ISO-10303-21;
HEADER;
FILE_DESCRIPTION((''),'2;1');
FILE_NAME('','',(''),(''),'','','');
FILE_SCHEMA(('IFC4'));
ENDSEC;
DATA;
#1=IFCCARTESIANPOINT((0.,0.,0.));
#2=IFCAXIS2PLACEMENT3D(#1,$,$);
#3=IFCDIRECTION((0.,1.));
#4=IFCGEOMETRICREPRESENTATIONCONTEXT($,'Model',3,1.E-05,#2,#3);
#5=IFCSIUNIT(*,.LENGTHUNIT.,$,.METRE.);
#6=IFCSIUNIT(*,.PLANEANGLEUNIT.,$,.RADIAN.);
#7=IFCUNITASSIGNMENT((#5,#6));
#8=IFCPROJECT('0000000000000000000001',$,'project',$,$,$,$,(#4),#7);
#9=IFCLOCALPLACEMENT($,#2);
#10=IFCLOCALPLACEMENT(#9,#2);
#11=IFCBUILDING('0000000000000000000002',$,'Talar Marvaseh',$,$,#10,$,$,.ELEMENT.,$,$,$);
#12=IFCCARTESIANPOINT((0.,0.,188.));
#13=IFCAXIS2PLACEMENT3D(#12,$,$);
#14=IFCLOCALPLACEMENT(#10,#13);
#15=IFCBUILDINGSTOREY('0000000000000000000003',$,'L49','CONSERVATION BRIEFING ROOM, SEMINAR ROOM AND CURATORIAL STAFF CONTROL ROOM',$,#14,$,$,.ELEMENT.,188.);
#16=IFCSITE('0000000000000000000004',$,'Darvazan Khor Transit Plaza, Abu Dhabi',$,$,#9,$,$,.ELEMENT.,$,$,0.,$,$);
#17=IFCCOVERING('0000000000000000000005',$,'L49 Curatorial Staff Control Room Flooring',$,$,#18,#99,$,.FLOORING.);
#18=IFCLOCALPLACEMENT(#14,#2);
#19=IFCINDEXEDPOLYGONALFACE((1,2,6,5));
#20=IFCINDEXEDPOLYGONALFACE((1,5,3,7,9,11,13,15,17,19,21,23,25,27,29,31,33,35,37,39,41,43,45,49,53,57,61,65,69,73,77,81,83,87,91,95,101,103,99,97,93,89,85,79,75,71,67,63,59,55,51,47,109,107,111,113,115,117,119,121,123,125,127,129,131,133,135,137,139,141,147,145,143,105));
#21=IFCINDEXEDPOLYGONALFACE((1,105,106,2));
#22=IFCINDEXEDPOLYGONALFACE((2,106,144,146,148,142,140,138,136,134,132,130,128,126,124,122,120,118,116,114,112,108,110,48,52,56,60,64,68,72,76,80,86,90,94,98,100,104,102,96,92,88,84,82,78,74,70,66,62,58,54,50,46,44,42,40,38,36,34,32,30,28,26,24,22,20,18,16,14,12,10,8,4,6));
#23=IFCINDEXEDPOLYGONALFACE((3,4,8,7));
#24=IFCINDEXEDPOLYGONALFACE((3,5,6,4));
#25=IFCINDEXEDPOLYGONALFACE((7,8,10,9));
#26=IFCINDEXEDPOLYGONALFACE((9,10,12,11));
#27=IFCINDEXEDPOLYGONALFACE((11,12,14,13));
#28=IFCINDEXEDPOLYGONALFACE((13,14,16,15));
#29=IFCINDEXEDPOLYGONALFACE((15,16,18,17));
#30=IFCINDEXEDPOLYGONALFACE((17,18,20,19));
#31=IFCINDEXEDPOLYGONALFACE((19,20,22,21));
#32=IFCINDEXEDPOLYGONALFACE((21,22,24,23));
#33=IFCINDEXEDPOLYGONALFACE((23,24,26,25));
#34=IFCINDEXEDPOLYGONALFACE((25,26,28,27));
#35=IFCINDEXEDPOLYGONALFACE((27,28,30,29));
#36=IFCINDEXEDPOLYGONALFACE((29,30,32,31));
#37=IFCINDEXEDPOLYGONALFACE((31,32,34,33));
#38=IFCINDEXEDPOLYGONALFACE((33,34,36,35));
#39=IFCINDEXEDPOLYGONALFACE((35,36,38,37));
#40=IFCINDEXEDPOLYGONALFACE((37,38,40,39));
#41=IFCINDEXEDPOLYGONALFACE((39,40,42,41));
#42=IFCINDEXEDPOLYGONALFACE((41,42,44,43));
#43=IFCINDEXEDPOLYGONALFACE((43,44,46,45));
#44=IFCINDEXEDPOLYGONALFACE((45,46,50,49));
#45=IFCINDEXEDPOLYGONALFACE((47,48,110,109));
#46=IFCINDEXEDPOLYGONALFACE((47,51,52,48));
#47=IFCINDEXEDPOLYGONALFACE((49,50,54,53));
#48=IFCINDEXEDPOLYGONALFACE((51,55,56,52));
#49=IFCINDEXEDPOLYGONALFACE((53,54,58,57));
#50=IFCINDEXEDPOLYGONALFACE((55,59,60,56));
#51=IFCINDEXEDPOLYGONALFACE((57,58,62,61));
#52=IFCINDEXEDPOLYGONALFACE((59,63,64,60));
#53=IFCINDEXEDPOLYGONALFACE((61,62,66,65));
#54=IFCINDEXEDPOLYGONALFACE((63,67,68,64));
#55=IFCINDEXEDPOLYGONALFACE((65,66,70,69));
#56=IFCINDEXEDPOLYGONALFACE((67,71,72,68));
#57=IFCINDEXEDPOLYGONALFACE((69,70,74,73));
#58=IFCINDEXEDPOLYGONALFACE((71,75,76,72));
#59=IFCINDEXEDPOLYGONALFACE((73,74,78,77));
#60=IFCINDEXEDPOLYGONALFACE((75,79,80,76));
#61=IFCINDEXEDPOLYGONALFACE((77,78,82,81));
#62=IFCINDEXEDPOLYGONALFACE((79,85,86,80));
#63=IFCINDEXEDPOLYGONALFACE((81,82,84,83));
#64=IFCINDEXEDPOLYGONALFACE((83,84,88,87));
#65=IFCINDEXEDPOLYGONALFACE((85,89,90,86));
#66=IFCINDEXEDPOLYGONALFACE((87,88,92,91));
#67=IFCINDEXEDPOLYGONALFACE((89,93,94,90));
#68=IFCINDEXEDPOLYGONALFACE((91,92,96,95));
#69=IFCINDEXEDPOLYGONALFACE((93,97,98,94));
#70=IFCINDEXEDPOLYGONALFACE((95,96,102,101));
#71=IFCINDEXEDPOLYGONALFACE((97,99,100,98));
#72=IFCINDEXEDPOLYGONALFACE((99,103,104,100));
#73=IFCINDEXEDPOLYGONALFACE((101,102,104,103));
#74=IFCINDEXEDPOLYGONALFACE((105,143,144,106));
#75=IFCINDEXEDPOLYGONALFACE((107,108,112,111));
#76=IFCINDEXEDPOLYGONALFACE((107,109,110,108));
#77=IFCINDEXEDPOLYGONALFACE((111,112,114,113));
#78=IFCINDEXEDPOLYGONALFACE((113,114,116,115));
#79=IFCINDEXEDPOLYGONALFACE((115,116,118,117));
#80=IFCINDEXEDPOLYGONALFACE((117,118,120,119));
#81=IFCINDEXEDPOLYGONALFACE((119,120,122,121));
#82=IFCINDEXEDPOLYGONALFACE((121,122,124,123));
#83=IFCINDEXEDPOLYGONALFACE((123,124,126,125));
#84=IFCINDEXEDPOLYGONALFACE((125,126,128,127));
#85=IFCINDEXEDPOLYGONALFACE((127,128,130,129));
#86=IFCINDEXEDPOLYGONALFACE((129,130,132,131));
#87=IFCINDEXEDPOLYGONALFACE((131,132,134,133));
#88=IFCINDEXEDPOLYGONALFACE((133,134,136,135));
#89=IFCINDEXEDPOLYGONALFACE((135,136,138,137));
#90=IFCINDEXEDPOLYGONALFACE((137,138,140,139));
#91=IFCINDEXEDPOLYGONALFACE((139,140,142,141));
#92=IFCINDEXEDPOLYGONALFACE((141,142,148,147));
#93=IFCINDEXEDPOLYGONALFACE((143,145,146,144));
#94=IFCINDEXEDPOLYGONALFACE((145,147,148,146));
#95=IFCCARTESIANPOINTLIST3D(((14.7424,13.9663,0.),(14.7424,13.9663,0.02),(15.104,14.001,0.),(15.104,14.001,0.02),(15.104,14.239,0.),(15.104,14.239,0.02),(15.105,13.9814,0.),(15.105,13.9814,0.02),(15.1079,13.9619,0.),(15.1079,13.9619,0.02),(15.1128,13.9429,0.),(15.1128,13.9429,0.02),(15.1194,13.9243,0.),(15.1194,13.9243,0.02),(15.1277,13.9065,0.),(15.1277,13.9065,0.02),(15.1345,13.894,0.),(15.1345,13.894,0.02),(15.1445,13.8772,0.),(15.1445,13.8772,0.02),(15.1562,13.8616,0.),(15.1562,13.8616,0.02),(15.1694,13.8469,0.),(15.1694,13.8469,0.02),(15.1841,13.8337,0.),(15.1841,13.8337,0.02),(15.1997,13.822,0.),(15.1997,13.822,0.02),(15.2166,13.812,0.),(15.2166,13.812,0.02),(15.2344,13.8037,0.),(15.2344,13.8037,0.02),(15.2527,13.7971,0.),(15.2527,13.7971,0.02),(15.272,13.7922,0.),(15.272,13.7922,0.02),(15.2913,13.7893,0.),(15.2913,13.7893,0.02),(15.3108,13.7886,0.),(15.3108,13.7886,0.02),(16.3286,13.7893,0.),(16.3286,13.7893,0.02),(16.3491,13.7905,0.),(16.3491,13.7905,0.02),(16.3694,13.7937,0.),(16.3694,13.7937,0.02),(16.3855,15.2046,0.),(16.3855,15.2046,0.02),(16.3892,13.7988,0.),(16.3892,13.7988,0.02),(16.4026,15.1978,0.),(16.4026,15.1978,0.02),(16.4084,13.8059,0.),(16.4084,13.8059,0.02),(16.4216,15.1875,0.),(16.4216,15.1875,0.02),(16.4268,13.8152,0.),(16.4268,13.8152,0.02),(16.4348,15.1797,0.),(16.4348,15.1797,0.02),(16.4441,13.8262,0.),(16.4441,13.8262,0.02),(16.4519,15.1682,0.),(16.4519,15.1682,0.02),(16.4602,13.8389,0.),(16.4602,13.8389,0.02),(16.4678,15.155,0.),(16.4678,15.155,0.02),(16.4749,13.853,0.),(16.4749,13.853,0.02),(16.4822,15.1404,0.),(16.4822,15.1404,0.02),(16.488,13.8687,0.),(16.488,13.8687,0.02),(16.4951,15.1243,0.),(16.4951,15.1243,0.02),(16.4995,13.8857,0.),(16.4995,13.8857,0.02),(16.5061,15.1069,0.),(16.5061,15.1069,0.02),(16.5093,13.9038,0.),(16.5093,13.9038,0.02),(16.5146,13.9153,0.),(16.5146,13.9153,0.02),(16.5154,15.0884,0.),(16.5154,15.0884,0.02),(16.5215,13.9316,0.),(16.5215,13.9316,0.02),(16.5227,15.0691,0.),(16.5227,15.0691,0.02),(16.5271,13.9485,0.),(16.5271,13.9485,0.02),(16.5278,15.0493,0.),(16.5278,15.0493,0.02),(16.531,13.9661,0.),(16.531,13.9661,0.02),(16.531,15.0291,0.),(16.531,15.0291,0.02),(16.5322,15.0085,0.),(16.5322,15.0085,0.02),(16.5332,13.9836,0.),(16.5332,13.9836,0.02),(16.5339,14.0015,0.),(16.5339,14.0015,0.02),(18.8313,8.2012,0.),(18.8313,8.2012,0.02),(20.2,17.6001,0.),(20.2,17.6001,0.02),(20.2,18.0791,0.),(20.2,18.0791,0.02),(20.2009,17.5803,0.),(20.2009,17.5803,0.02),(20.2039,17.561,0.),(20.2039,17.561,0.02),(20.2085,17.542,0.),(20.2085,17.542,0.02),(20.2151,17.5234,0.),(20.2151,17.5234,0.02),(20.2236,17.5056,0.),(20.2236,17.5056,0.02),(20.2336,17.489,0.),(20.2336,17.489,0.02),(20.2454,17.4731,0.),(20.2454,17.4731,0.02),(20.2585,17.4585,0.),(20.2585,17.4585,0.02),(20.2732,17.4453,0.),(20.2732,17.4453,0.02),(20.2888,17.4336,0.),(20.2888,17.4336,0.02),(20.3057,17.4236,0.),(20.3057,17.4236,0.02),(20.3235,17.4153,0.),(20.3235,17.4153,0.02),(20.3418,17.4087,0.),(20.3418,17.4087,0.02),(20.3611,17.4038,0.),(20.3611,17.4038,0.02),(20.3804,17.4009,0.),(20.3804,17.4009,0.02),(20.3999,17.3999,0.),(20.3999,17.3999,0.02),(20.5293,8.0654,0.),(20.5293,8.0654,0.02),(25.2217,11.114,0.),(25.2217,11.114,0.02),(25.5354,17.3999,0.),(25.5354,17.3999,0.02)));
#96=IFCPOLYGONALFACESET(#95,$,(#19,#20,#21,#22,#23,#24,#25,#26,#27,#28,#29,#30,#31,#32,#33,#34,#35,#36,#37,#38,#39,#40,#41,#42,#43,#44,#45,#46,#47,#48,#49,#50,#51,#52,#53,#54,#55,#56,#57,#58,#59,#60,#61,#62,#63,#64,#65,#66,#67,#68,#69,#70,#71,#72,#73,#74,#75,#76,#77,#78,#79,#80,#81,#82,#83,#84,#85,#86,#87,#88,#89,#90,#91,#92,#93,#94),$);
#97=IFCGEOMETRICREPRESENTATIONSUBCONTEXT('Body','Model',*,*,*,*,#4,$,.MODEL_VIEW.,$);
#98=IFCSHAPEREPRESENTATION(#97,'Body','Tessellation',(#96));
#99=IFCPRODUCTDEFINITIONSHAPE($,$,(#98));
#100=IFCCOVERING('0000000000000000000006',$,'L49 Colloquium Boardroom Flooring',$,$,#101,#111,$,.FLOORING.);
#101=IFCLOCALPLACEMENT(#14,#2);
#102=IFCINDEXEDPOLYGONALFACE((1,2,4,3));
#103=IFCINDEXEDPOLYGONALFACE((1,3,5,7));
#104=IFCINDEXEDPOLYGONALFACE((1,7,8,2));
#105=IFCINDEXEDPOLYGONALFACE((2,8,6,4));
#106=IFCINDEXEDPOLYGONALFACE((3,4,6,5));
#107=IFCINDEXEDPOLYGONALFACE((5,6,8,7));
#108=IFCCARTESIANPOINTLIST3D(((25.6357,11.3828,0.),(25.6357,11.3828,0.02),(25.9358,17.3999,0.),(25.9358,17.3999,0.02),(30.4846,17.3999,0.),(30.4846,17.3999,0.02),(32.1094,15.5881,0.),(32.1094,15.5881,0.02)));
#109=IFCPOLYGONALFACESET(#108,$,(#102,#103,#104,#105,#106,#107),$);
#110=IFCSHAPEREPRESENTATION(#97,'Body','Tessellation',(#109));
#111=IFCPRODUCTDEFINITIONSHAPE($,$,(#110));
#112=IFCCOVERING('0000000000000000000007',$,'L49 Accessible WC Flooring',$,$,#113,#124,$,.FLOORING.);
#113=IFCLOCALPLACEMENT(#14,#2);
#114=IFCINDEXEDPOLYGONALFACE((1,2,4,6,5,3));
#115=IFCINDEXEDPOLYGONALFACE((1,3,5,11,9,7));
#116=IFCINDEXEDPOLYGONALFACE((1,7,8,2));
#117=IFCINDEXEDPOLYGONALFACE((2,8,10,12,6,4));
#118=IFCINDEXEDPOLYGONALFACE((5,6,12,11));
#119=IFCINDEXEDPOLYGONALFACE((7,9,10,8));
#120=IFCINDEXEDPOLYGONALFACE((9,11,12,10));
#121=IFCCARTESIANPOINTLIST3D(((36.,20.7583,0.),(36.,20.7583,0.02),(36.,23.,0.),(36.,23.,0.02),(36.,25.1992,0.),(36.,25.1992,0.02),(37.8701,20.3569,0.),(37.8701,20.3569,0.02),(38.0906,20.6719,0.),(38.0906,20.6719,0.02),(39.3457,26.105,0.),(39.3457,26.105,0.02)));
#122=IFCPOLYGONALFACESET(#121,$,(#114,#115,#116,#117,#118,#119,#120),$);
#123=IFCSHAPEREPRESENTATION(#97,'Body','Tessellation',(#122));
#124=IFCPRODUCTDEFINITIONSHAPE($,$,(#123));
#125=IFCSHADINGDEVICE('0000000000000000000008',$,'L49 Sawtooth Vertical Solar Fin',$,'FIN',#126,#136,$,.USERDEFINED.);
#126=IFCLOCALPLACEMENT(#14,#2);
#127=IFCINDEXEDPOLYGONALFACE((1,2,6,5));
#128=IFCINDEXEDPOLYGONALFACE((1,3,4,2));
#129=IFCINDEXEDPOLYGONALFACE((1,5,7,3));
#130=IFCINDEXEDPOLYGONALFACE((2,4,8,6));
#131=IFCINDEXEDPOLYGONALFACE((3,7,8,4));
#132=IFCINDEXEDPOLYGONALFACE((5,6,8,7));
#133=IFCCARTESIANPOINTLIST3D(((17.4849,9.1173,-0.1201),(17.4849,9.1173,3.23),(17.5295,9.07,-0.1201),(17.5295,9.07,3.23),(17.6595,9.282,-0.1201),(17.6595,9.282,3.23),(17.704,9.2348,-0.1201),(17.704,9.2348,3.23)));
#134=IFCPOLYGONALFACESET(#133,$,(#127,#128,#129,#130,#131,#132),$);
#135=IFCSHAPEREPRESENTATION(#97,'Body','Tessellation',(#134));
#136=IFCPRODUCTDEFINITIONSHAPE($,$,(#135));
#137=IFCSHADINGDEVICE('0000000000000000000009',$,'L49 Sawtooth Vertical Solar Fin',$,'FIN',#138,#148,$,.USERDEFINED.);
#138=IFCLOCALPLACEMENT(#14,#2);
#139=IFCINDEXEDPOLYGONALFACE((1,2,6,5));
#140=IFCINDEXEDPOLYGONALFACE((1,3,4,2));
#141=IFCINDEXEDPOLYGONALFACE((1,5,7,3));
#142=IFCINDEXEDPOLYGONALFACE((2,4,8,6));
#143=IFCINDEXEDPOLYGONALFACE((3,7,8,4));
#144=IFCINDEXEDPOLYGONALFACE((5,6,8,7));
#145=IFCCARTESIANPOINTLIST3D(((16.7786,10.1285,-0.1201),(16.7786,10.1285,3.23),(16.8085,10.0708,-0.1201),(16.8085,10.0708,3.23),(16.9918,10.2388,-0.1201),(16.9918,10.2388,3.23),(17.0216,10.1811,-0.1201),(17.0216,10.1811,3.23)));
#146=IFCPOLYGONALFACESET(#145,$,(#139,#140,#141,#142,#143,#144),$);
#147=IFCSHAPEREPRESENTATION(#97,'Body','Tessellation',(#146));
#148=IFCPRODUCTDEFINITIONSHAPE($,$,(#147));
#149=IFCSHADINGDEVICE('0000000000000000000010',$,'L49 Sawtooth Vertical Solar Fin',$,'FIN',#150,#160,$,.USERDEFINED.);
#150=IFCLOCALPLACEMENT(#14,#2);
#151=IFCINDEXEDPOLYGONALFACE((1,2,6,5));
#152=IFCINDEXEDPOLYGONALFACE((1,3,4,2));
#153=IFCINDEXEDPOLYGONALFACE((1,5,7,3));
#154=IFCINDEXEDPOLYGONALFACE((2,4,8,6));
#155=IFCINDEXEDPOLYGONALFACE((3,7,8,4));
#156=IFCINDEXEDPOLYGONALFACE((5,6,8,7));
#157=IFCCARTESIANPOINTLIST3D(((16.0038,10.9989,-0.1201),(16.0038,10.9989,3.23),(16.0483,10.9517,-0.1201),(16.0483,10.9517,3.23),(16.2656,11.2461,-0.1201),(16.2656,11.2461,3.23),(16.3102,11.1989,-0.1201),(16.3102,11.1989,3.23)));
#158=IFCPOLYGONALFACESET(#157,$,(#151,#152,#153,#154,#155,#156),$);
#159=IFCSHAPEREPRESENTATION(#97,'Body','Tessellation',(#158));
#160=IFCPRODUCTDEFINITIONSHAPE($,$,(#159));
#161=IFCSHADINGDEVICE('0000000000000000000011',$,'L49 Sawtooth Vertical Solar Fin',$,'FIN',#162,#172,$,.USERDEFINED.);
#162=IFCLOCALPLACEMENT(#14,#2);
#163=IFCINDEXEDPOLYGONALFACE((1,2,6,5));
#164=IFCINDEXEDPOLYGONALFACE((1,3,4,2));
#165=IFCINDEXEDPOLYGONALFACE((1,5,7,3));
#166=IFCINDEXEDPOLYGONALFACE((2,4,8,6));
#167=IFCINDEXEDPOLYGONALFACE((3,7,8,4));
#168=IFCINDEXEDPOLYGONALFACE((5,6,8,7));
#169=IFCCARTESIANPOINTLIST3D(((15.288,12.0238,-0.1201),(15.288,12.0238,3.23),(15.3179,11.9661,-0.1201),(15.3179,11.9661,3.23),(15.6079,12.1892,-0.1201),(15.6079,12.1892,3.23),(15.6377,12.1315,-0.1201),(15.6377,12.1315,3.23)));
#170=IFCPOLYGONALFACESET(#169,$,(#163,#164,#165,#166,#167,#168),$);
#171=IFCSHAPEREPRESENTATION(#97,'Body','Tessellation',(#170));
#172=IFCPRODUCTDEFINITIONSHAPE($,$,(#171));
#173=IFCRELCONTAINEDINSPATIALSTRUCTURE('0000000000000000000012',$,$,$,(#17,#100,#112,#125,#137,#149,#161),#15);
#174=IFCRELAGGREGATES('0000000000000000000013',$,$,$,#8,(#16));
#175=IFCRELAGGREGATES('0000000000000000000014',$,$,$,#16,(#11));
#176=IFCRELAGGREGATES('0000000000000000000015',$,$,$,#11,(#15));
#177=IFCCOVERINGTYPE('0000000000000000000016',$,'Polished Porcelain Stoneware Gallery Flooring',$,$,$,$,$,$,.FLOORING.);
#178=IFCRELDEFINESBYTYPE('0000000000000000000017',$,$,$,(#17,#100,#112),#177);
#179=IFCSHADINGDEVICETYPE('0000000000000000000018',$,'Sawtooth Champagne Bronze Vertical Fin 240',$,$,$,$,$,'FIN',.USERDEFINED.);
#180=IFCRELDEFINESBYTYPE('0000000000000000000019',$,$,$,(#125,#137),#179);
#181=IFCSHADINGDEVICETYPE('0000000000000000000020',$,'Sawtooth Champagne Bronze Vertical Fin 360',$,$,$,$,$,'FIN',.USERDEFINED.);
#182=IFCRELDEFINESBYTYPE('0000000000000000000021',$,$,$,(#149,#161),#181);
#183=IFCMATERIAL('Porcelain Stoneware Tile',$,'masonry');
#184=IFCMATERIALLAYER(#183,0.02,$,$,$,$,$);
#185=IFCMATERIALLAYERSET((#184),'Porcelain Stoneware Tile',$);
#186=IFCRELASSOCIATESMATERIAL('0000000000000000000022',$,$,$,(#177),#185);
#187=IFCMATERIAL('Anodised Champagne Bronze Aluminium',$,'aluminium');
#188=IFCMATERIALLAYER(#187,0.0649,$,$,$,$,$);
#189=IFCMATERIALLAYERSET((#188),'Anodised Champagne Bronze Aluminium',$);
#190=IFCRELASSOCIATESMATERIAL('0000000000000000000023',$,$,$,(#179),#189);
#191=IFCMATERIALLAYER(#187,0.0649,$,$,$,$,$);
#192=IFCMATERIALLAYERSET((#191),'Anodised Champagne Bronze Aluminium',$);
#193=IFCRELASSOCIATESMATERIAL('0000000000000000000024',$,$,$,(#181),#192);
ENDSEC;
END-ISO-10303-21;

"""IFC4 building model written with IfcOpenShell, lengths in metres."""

from ifc_helpers import new_model, si_unit, direction, frame, origin, origin_2d, place, context, subcontext, project, spatial, polyline, rectangle, outline, extrude, source, transform, mapped, material, layer, layer_set, type_object, type_shapes, element, save


model = new_model("IFC4")

# Units and contexts
model_context = context("Model", 3, precision=1e-05, world=origin(), true_north=direction((0.0, 1.0)))
body_context = subcontext(model_context, "Body", "Model", "MODEL_VIEW")
ifc_project = project(units=[si_unit("LENGTHUNIT", "METRE"), si_unit("PLANEANGLEUNIT", "RADIAN")], contexts=[model_context])

# Site, building, storey
site_placement = place(None, origin())
site = spatial("IfcSite", under=ifc_project, at=site_placement, Name="Darvazan Khor Transit Plaza, Abu Dhabi", CompositionType="ELEMENT", RefElevation=0.0)
building_placement = place(site_placement, origin())
building = spatial("IfcBuilding", under=site, at=building_placement, Name="Talar Marvaseh", CompositionType="ELEMENT")
storey_placement = place(building_placement, frame((0.0, 0.0, 188.0)))
storey = spatial("IfcBuildingStorey", under=building, at=storey_placement, Name="L49", Description="CONSERVATION BRIEFING ROOM, SEMINAR ROOM AND CURATORIAL STAFF CONTROL ROOM", CompositionType="ELEMENT", Elevation=188.0)

# Coverings
ifc_material_1 = material(Name="Porcelain Stoneware Tile", Category="masonry")
ifc_layer_1 = layer(ifc_material_1, 0.02)
ifc_layer_set_1 = layer_set([ifc_layer_1], Name="Porcelain Stoneware Tile")
covering_type_1 = type_object("IfcCoveringType", Name="Polished Porcelain Stoneware Gallery Flooring", PredefinedType="FLOORING", material=ifc_layer_set_1)
covering_1_placement = place(storey_placement, origin())
element("IfcCovering", 1, at=covering_1_placement, inside=storey, type_object=covering_type_1, Name="L49 Curatorial Staff Control Room Flooring", PredefinedType="FLOORING", context=body_context, shape_type="SweptSolid", body=[
    extrude(outline(polyline([(20.2, 17.6001), (20.2009, 17.5803), (20.2039, 17.561), (20.2085, 17.542), (20.2151, 17.5234), (20.2236, 17.5056), (20.2336, 17.489), (20.2454, 17.4731), (20.2585, 17.4585), (20.2732, 17.4453), (20.2888, 17.4336), (20.3057, 17.4236), (20.3235, 17.4153), (20.3418, 17.4087), (20.3611, 17.4038), (20.3804, 17.4009), (20.3999, 17.3999), (25.5354, 17.3999), (25.2217, 11.114), (20.5293, 8.0654), (18.8313, 8.2012), (14.7424, 13.9663), (15.104, 14.239), (15.104, 14.001), (15.105, 13.9814), (15.1079, 13.9619), (15.1128, 13.9429), (15.1194, 13.9243), (15.1277, 13.9065), (15.1345, 13.894), (15.1445, 13.8772), (15.1562, 13.8616), (15.1694, 13.8469), (15.1841, 13.8337), (15.1997, 13.822), (15.2166, 13.812), (15.2344, 13.8037), (15.2527, 13.7971), (15.272, 13.7922), (15.2913, 13.7893), (15.3108, 13.7886), (16.3286, 13.7893), (16.3491, 13.7905), (16.3694, 13.7937), (16.3892, 13.7988), (16.4084, 13.8059), (16.4268, 13.8152), (16.4441, 13.8262), (16.4602, 13.8389), (16.4749, 13.853), (16.488, 13.8687), (16.4995, 13.8857), (16.5093, 13.9038), (16.5146, 13.9153), (16.5215, 13.9316), (16.5271, 13.9485), (16.531, 13.9661), (16.5332, 13.9836), (16.5339, 14.0015), (16.5322, 15.0085), (16.531, 15.0291), (16.5278, 15.0493), (16.5227, 15.0691), (16.5154, 15.0884), (16.5061, 15.1069), (16.4951, 15.1243), (16.4822, 15.1404), (16.4678, 15.155), (16.4519, 15.1682), (16.4348, 15.1797), (16.4216, 15.1875), (16.4026, 15.1978), (16.3855, 15.2046), (20.2, 18.0791), (20.2, 17.6001)])), origin(), (0.0, 0.0, 1.0), 0.02),
])
covering_2_placement = place(storey_placement, origin())
element("IfcCovering", 2, at=covering_2_placement, inside=storey, type_object=covering_type_1, Name="L49 Colloquium Boardroom Flooring", PredefinedType="FLOORING", context=body_context, shape_type="SweptSolid", body=[
    extrude(outline(polyline([(32.1094, 15.5881), (25.6357, 11.3828), (25.9358, 17.3999), (30.4846, 17.3999), (32.1094, 15.5881)])), origin(), (0.0, 0.0, 1.0), 0.02),
])
covering_3_placement = place(storey_placement, origin())
element("IfcCovering", 3, at=covering_3_placement, inside=storey, type_object=covering_type_1, Name="L49 Accessible WC Flooring", PredefinedType="FLOORING", context=body_context, shape_type="SweptSolid", body=[
    extrude(outline(polyline([(36.0, 23.0), (36.0, 25.1992), (39.3457, 26.105), (38.0906, 20.6719), (37.8701, 20.3569), (36.0, 20.7583), (36.0, 23.0)])), origin(), (0.0, 0.0, 1.0), 0.02),
])

# Shading devices
ifc_material_2 = material(Name="Anodised Champagne Bronze Aluminium", Category="aluminium")
ifc_layer_2 = layer(ifc_material_2, 0.0649)
ifc_layer_set_2 = layer_set([ifc_layer_2], Name="Anodised Champagne Bronze Aluminium")
shading_device_type_1 = type_object("IfcShadingDeviceType", Name="Sawtooth Champagne Bronze Vertical Fin 240", ElementType="FIN", PredefinedType="USERDEFINED", material=ifc_layer_set_2)
shared_shape_1 = source(origin(), body_context, "Body", "SweptSolid", [
    extrude(rectangle(XDim=0.24, YDim=0.0649, at=origin_2d()), origin(), (0.0, 0.0, 1.0), 3.3501),
])
type_shapes(shading_device_type_1, [shared_shape_1])
for number, where, z_axis, x_axis, name in (
    (4, (17.5945, 9.176, -0.1201), (0.0, 0.0, 1.0), (-0.727174, -0.686453, 0.0), "L49 Sawtooth Vertical Solar Fin"),
    (5, (16.9001, 10.1548, -0.1201), (0.0, 0.0, 1.0), (-0.888217, -0.459425, 0.0), "L49 Sawtooth Vertical Solar Fin"),
):
    element("IfcShadingDevice", number, at=place(storey_placement, frame(where, z_axis=z_axis, x_axis=x_axis)), inside=storey, type_object=shading_device_type_1, Name=name, ObjectType="FIN", PredefinedType="USERDEFINED", context=body_context, shape_type="MappedRepresentation", body=[
        mapped(shared_shape_1, transform((0.0, 0.0, 0.0), x_axis=(1.0, 0.0, 0.0), y_axis=(0.0, 1.0, 0.0), z_axis=(0.0, 0.0, 1.0), scale=1.0)),
    ])
ifc_layer_3 = layer(ifc_material_2, 0.0649)
ifc_layer_set_3 = layer_set([ifc_layer_3], Name="Anodised Champagne Bronze Aluminium")
shading_device_type_2 = type_object("IfcShadingDeviceType", Name="Sawtooth Champagne Bronze Vertical Fin 360", ElementType="FIN", PredefinedType="USERDEFINED", material=ifc_layer_set_3)
shared_shape_2 = source(origin(), body_context, "Body", "SweptSolid", [
    extrude(rectangle(XDim=0.3601, YDim=0.0649, at=origin_2d()), origin(), (0.0, 0.0, 1.0), 3.3501),
])
type_shapes(shading_device_type_2, [shared_shape_2])
for number, where, z_axis, x_axis, name in (
    (6, (16.157, 11.0989, -0.1201), (0.0, 0.0, 1.0), (-0.727174, -0.686453, 0.0), "L49 Sawtooth Vertical Solar Fin"),
    (7, (15.4629, 12.0776, -0.1201), (0.0, 0.0, 1.0), (-0.888217, -0.459425, 0.0), "L49 Sawtooth Vertical Solar Fin"),
):
    element("IfcShadingDevice", number, at=place(storey_placement, frame(where, z_axis=z_axis, x_axis=x_axis)), inside=storey, type_object=shading_device_type_2, Name=name, ObjectType="FIN", PredefinedType="USERDEFINED", context=body_context, shape_type="MappedRepresentation", body=[
        mapped(shared_shape_2, transform((0.0, 0.0, 0.0), x_axis=(1.0, 0.0, 0.0), y_axis=(0.0, 1.0, 0.0), z_axis=(0.0, 0.0, 1.0), scale=1.0)),
    ])

save(model, "model.ifc")
